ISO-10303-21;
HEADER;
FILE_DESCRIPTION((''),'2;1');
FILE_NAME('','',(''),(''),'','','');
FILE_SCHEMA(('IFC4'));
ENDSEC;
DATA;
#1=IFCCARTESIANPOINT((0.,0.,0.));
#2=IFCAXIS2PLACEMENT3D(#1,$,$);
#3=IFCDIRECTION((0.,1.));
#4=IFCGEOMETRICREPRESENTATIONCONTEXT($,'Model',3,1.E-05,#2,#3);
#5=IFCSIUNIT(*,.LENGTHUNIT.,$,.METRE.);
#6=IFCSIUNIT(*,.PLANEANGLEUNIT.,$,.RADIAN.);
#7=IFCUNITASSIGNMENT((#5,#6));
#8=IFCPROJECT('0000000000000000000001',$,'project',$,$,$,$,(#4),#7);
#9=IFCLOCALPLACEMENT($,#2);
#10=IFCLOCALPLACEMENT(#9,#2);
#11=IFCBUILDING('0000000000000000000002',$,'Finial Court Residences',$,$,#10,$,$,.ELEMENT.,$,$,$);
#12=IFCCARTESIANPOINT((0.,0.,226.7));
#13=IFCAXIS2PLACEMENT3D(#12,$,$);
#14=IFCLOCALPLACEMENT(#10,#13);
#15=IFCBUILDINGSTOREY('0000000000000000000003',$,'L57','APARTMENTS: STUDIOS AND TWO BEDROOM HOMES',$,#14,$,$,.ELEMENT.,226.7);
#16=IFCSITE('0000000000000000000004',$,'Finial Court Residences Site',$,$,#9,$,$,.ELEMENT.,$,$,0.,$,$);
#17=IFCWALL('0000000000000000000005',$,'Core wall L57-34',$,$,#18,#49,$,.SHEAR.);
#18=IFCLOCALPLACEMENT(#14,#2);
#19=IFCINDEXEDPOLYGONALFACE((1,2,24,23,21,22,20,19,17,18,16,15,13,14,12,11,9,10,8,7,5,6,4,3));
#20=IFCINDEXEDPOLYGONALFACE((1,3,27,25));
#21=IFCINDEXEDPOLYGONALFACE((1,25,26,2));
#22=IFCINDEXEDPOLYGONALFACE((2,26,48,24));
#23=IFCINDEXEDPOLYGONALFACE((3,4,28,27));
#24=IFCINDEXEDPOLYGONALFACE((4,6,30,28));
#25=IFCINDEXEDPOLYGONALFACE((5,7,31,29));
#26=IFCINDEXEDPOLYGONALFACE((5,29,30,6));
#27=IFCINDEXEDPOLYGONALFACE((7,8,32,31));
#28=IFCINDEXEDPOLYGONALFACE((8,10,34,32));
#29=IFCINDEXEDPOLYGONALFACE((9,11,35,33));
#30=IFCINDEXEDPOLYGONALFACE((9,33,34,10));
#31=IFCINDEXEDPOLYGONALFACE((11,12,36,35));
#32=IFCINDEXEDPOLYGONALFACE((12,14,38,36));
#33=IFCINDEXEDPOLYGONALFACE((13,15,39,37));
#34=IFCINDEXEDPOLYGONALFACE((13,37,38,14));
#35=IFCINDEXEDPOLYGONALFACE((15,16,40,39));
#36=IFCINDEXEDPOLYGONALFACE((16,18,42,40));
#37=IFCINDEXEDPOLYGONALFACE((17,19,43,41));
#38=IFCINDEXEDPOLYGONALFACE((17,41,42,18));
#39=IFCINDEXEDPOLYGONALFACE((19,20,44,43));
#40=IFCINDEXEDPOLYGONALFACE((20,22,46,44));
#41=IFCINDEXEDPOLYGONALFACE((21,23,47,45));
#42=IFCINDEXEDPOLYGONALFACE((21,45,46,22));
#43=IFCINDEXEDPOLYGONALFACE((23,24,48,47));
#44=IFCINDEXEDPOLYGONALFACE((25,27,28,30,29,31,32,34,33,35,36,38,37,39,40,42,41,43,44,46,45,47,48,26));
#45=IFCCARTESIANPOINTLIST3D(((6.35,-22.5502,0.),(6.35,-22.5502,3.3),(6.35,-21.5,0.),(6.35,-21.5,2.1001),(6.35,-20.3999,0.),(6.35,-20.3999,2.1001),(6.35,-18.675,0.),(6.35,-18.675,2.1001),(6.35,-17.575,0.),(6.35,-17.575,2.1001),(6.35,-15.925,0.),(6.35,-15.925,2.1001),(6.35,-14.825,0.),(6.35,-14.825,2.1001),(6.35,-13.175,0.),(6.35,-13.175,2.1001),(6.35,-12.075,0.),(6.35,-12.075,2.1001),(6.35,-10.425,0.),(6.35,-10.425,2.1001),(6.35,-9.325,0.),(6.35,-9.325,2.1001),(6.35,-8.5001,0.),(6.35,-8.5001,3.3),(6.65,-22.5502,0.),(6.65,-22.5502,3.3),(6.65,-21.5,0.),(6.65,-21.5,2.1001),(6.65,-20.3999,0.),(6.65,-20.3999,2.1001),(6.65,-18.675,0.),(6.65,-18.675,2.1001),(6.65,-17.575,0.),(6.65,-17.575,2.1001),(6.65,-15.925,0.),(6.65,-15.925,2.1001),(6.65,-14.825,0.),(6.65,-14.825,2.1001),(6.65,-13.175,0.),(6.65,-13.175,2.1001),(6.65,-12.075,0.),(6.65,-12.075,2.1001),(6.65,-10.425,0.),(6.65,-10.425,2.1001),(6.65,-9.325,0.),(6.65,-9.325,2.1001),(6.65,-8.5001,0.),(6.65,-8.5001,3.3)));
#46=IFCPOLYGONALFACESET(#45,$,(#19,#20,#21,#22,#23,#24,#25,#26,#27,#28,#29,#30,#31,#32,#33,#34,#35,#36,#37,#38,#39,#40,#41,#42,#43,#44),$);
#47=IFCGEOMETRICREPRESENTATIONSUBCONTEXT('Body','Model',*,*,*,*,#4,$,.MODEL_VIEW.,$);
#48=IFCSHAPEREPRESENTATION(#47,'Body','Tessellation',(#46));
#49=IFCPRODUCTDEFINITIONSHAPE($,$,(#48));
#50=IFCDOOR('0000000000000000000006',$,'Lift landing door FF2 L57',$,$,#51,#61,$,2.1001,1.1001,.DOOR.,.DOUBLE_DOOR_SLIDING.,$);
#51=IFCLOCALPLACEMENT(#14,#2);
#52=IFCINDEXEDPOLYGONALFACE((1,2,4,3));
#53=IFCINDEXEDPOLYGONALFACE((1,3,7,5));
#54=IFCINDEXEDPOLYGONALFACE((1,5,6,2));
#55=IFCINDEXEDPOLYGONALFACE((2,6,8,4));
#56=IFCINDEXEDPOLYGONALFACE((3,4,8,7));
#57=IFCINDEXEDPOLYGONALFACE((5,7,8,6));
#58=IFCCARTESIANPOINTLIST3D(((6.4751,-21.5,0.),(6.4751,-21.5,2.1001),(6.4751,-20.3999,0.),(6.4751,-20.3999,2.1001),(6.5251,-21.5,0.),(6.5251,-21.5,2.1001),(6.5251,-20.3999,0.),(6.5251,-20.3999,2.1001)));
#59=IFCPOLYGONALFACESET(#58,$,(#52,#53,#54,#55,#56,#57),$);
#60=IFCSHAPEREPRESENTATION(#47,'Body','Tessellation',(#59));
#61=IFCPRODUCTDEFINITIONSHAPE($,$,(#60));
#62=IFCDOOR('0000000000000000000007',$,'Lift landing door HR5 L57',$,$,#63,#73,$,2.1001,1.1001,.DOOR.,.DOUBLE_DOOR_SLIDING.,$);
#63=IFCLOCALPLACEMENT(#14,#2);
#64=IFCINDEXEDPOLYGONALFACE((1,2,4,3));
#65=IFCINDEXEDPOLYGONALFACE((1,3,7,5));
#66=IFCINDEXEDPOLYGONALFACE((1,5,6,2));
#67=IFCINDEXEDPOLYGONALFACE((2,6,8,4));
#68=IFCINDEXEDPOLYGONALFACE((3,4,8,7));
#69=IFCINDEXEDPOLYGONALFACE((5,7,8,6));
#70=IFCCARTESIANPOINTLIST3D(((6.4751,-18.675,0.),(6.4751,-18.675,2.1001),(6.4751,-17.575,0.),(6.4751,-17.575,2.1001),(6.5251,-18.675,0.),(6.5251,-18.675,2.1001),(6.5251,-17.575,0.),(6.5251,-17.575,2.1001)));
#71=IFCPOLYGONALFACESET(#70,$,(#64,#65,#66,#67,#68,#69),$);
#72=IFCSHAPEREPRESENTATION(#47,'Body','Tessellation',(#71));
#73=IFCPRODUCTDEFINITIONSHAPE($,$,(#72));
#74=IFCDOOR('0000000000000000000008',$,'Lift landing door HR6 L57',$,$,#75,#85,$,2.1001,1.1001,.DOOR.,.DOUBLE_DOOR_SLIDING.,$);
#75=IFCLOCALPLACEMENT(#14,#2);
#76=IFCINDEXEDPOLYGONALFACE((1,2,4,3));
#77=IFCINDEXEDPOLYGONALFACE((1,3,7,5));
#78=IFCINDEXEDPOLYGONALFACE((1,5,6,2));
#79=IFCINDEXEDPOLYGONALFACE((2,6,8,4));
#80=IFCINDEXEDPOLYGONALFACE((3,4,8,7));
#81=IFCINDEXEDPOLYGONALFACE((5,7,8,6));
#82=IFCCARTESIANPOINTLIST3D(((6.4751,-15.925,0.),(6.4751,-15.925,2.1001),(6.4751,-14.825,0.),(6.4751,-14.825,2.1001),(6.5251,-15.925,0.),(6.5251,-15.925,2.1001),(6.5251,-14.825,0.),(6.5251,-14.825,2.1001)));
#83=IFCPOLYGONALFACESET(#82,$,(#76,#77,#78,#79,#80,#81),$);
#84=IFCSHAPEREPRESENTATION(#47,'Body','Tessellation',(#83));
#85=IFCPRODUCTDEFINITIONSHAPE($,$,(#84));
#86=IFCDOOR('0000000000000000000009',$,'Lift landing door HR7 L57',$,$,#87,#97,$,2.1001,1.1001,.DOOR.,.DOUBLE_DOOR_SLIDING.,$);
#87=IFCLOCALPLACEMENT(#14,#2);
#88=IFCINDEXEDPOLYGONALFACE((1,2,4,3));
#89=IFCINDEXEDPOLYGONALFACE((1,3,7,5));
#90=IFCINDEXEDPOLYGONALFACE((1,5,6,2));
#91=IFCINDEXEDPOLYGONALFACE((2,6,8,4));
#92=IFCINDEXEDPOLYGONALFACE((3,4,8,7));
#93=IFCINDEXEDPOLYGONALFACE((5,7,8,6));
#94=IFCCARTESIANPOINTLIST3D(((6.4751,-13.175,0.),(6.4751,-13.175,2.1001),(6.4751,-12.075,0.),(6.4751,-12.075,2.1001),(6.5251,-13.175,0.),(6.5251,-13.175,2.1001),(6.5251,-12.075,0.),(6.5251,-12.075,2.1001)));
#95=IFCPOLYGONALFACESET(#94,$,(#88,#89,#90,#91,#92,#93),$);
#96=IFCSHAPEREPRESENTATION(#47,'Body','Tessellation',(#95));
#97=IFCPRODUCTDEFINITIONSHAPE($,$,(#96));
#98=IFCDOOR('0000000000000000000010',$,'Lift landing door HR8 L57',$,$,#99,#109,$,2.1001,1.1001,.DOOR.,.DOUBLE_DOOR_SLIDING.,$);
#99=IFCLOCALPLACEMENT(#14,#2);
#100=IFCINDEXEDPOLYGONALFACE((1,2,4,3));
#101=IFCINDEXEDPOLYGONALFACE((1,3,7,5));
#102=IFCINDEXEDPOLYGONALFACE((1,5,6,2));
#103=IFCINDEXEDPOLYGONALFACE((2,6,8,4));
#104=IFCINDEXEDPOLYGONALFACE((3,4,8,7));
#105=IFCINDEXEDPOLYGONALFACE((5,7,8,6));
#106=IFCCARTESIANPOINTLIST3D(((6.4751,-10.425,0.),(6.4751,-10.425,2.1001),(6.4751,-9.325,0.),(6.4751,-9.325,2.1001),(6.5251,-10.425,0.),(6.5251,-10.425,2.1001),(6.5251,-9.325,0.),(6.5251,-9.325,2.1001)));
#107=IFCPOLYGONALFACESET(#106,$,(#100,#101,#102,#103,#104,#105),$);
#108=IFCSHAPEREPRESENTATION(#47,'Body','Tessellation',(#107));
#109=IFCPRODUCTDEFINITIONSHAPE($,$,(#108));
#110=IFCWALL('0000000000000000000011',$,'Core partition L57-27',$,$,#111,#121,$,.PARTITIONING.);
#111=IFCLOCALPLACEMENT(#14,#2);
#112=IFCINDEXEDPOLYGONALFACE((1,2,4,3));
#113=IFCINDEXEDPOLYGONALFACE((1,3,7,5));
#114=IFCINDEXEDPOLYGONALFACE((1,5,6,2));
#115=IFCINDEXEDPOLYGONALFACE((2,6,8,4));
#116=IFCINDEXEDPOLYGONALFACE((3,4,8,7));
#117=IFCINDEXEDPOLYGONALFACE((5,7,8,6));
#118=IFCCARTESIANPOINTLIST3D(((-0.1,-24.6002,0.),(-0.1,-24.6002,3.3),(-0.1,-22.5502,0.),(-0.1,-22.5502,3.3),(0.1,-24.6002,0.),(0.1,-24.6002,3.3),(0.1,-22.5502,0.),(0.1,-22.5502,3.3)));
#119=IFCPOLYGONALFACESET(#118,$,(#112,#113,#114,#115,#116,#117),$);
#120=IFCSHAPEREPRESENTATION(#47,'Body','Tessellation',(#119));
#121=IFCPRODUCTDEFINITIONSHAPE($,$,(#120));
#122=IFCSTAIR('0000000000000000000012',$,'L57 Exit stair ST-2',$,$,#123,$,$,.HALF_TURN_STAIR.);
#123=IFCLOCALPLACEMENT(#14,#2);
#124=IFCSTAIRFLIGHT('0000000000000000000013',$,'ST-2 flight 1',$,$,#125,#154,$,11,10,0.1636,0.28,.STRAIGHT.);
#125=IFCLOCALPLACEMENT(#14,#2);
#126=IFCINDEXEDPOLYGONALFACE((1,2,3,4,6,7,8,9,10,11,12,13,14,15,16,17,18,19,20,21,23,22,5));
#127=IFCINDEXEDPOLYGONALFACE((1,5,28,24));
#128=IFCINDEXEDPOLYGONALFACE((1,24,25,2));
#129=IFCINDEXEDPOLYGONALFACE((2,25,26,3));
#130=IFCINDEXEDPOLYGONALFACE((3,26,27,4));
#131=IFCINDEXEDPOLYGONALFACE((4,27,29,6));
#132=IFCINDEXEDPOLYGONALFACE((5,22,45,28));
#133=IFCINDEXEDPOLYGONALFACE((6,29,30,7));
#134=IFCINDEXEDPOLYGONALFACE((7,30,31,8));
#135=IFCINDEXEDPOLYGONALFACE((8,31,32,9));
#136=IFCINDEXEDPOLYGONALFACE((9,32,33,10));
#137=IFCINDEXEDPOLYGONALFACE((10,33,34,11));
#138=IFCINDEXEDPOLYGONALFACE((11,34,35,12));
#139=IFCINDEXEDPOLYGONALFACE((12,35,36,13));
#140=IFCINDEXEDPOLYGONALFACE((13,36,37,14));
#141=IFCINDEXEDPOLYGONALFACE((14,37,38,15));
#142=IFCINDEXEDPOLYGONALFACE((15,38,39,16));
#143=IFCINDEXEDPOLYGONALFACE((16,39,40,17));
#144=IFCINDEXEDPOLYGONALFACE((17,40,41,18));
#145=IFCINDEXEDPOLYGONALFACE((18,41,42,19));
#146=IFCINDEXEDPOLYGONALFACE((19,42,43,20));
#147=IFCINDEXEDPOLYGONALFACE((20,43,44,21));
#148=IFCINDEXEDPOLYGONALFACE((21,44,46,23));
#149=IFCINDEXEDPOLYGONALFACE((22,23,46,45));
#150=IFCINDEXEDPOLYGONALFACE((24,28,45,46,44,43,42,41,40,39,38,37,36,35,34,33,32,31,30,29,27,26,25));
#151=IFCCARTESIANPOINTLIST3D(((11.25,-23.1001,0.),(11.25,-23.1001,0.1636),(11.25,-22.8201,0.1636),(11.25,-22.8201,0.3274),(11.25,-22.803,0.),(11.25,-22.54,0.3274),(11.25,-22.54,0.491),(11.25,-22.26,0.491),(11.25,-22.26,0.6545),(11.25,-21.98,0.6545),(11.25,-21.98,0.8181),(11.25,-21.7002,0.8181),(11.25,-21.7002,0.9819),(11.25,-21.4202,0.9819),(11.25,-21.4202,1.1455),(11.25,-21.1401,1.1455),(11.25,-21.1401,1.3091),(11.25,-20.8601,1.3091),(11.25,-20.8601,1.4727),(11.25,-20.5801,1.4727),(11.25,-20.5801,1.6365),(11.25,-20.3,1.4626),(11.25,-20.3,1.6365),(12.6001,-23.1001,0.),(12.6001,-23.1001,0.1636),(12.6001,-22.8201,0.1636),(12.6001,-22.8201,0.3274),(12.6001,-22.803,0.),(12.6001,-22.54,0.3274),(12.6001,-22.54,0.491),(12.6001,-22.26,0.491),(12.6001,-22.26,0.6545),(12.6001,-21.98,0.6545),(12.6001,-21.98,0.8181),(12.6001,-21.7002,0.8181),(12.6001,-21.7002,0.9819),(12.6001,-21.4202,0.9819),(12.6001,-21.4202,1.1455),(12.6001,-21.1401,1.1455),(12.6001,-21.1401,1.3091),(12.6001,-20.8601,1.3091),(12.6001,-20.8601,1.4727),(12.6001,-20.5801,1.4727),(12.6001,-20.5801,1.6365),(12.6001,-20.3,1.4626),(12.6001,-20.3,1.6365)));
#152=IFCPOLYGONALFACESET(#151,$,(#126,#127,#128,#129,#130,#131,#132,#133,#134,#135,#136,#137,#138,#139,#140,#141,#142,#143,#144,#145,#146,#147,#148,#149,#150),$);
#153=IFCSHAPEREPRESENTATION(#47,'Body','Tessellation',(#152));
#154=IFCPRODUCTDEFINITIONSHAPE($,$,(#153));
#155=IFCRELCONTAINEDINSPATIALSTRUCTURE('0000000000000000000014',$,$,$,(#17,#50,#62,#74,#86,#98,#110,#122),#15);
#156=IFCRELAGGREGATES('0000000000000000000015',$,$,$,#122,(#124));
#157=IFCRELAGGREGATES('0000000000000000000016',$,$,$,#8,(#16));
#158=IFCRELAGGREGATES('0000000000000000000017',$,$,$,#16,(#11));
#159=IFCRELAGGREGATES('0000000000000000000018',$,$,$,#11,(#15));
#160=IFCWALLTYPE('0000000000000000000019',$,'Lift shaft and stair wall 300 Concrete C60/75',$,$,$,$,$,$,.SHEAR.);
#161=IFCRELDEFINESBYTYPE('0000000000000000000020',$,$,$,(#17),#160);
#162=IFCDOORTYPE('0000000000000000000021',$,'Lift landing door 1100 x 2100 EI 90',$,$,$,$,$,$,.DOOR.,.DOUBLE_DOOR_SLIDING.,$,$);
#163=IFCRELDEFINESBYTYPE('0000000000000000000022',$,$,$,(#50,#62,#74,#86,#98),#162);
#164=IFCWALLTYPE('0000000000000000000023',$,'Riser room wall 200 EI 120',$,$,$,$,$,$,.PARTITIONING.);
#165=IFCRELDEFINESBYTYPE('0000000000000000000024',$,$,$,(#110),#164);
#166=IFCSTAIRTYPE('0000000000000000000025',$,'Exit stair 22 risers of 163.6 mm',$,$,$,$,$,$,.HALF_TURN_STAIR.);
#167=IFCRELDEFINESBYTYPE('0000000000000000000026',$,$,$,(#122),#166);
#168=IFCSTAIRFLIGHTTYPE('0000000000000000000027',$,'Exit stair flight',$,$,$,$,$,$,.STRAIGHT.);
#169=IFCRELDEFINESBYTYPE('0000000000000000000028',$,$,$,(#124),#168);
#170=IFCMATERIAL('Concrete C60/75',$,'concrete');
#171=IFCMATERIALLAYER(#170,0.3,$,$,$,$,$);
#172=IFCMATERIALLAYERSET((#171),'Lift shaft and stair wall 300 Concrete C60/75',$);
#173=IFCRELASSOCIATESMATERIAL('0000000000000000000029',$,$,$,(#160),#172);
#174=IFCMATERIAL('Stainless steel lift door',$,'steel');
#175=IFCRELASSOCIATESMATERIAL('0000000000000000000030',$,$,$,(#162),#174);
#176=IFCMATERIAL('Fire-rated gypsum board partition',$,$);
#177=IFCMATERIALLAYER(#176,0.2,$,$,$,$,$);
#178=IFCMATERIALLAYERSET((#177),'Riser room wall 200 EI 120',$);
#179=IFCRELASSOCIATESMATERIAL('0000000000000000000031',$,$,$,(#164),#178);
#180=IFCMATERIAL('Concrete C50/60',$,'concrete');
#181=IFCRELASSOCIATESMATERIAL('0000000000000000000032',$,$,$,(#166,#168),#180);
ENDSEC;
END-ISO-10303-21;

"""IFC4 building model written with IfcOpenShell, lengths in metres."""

from ifc_helpers import new_model, si_unit, direction, frame, frame_2d, origin, place, context, subcontext, project, spatial, polyline, rectangle, outline, extrude, material, layer, layer_set, type_object, element, fill, aggregate, save


model = new_model("IFC4")

# Units and contexts
model_context = context("Model", 3, precision=1e-05, world=origin(), true_north=direction((0.0, 1.0)))
body_context = subcontext(model_context, "Body", "Model", "MODEL_VIEW")
ifc_project = project(units=[si_unit("LENGTHUNIT", "METRE"), si_unit("PLANEANGLEUNIT", "RADIAN")], contexts=[model_context])

# Site, building, storey
site_placement = place(None, origin())
site = spatial("IfcSite", under=ifc_project, at=site_placement, Name="Finial Court Residences Site", CompositionType="ELEMENT", RefElevation=0.0)
building_placement = place(site_placement, origin())
building = spatial("IfcBuilding", under=site, at=building_placement, Name="Finial Court Residences", CompositionType="ELEMENT")
storey_placement = place(building_placement, frame((0.0, 0.0, 226.7)))
storey = spatial("IfcBuildingStorey", under=building, at=storey_placement, Name="L57", Description="APARTMENTS: STUDIOS AND TWO BEDROOM HOMES", CompositionType="ELEMENT", Elevation=226.7)

# Shared definitions
ifc_material_1 = material(Name="Concrete C60/75", Category="concrete")

# Shared definitions
ifc_material_2 = material(Name="Fire-rated gypsum board partition")

# Shared definitions
ifc_layer_1 = layer(ifc_material_1, 0.3)
ifc_layer_set_1 = layer_set([ifc_layer_1], Name="Lift shaft and stair wall 300 Concrete C60/75")
wall_type_1 = type_object("IfcWallType", Name="Lift shaft and stair wall 300 Concrete C60/75", PredefinedType="SHEAR", material=ifc_layer_set_1)

# Shared definitions
ifc_material_3 = material(Name="Stainless steel lift door", Category="steel")
door_type_1 = type_object("IfcDoorType", Name="Lift landing door 1100 x 2100 EI 90", OperationType="DOUBLE_DOOR_SLIDING", PredefinedType="DOOR", material=ifc_material_3)

# Wall, openings, doors
wall_1_placement = place(storey_placement, frame((6.5, -22.55, 0.0), z_axis=(0.0, 0.0, 1.0), x_axis=(0.0, 1.0, 0.0)))
wall_1 = element("IfcWall", 1, at=wall_1_placement, inside=storey, type_object=wall_type_1, Name="Core wall L57-34", PredefinedType="SHEAR", context=body_context, shape_type="SweptSolid", body=[
    extrude(rectangle(XDim=14.05, YDim=0.3, at=frame_2d((7.0249, 0.0))), origin(), (0.0, 0.0, 1.0), 3.3),
])
opening_1_placement = place(wall_1_placement, frame((1.05, 0.0, 0.0)))
opening_1 = element("IfcOpeningElement", 2, at=opening_1_placement, cuts=wall_1, PredefinedType="OPENING", context=body_context, shape_type="SweptSolid", body=[
    extrude(rectangle(XDim=1.1001, YDim=2.1001, at=frame_2d((0.55, 1.05))), frame((0.0, 0.1599, 0.0), z_axis=(0.0, -1.0, 0.0), x_axis=(1.0, 0.0, 0.0)), (0.0, 0.0, 1.0), 0.3201),
])
opening_2_placement = place(wall_1_placement, frame((3.875, 0.0, 0.0)))
opening_2 = element("IfcOpeningElement", 3, at=opening_2_placement, cuts=wall_1, PredefinedType="OPENING", context=body_context, shape_type="SweptSolid", body=[
    extrude(rectangle(XDim=1.1001, YDim=2.1001, at=frame_2d((0.55, 1.05))), frame((0.0, 0.1599, 0.0), z_axis=(0.0, -1.0, 0.0), x_axis=(1.0, 0.0, 0.0)), (0.0, 0.0, 1.0), 0.3201),
])
opening_3_placement = place(wall_1_placement, frame((6.625, 0.0, 0.0)))
opening_3 = element("IfcOpeningElement", 4, at=opening_3_placement, cuts=wall_1, PredefinedType="OPENING", context=body_context, shape_type="SweptSolid", body=[
    extrude(rectangle(XDim=1.1001, YDim=2.1001, at=frame_2d((0.55, 1.05))), frame((0.0, 0.1599, 0.0), z_axis=(0.0, -1.0, 0.0), x_axis=(1.0, 0.0, 0.0)), (0.0, 0.0, 1.0), 0.3201),
])
opening_4_placement = place(wall_1_placement, frame((9.375, 0.0, 0.0)))
opening_4 = element("IfcOpeningElement", 5, at=opening_4_placement, cuts=wall_1, PredefinedType="OPENING", context=body_context, shape_type="SweptSolid", body=[
    extrude(rectangle(XDim=1.1001, YDim=2.1001, at=frame_2d((0.55, 1.05))), frame((0.0, 0.1599, 0.0), z_axis=(0.0, -1.0, 0.0), x_axis=(1.0, 0.0, 0.0)), (0.0, 0.0, 1.0), 0.3201),
])
opening_5_placement = place(wall_1_placement, frame((12.125, 0.0, 0.0)))
opening_5 = element("IfcOpeningElement", 6, at=opening_5_placement, cuts=wall_1, PredefinedType="OPENING", context=body_context, shape_type="SweptSolid", body=[
    extrude(rectangle(XDim=1.1001, YDim=2.1001, at=frame_2d((0.55, 1.05))), frame((0.0, 0.1599, 0.0), z_axis=(0.0, -1.0, 0.0), x_axis=(1.0, 0.0, 0.0)), (0.0, 0.0, 1.0), 0.3201),
])
door_1_placement = place(opening_1_placement, origin())
door_1 = element("IfcDoor", 7, at=door_1_placement, inside=storey, type_object=door_type_1, Name="Lift landing door FF2 L57", OperationType="DOUBLE_DOOR_SLIDING", OverallHeight=2.1001, OverallWidth=1.1001, PredefinedType="DOOR", context=body_context, shape_type="SweptSolid", body=[
    extrude(rectangle(XDim=1.1001, YDim=2.1001, at=frame_2d((0.55, 1.05))), frame((0.0, 0.0249, 0.0), z_axis=(0.0, -1.0, 0.0), x_axis=(1.0, 0.0, 0.0)), (0.0, 0.0, 1.0), 0.05),
])
fill(opening_1, door_1)
door_2_placement = place(opening_2_placement, origin())
door_2 = element("IfcDoor", 8, at=door_2_placement, inside=storey, type_object=door_type_1, Name="Lift landing door HR5 L57", OperationType="DOUBLE_DOOR_SLIDING", OverallHeight=2.1001, OverallWidth=1.1001, PredefinedType="DOOR", context=body_context, shape_type="SweptSolid", body=[
    extrude(rectangle(XDim=1.1001, YDim=2.1001, at=frame_2d((0.55, 1.05))), frame((0.0, 0.0249, 0.0), z_axis=(0.0, -1.0, 0.0), x_axis=(1.0, 0.0, 0.0)), (0.0, 0.0, 1.0), 0.05),
])
fill(opening_2, door_2)
door_3_placement = place(opening_3_placement, origin())
door_3 = element("IfcDoor", 9, at=door_3_placement, inside=storey, type_object=door_type_1, Name="Lift landing door HR6 L57", OperationType="DOUBLE_DOOR_SLIDING", OverallHeight=2.1001, OverallWidth=1.1001, PredefinedType="DOOR", context=body_context, shape_type="SweptSolid", body=[
    extrude(rectangle(XDim=1.1001, YDim=2.1001, at=frame_2d((0.55, 1.05))), frame((0.0, 0.0249, 0.0), z_axis=(0.0, -1.0, 0.0), x_axis=(1.0, 0.0, 0.0)), (0.0, 0.0, 1.0), 0.05),
])
fill(opening_3, door_3)
door_4_placement = place(opening_4_placement, origin())
door_4 = element("IfcDoor", 10, at=door_4_placement, inside=storey, type_object=door_type_1, Name="Lift landing door HR7 L57", OperationType="DOUBLE_DOOR_SLIDING", OverallHeight=2.1001, OverallWidth=1.1001, PredefinedType="DOOR", context=body_context, shape_type="SweptSolid", body=[
    extrude(rectangle(XDim=1.1001, YDim=2.1001, at=frame_2d((0.55, 1.05))), frame((0.0, 0.0249, 0.0), z_axis=(0.0, -1.0, 0.0), x_axis=(1.0, 0.0, 0.0)), (0.0, 0.0, 1.0), 0.05),
])
fill(opening_4, door_4)
door_5_placement = place(opening_5_placement, origin())
door_5 = element("IfcDoor", 11, at=door_5_placement, inside=storey, type_object=door_type_1, Name="Lift landing door HR8 L57", OperationType="DOUBLE_DOOR_SLIDING", OverallHeight=2.1001, OverallWidth=1.1001, PredefinedType="DOOR", context=body_context, shape_type="SweptSolid", body=[
    extrude(rectangle(XDim=1.1001, YDim=2.1001, at=frame_2d((0.55, 1.05))), frame((0.0, 0.0249, 0.0), z_axis=(0.0, -1.0, 0.0), x_axis=(1.0, 0.0, 0.0)), (0.0, 0.0, 1.0), 0.05),
])
fill(opening_5, door_5)

# Wall
ifc_layer_2 = layer(ifc_material_2, 0.2)
ifc_layer_set_2 = layer_set([ifc_layer_2], Name="Riser room wall 200 EI 120")
wall_type_2 = type_object("IfcWallType", Name="Riser room wall 200 EI 120", PredefinedType="PARTITIONING", material=ifc_layer_set_2)
wall_2_placement = place(storey_placement, frame((0.0, -24.6001, 0.0), z_axis=(0.0, 0.0, 1.0), x_axis=(0.0, 1.0, 0.0)))
element("IfcWall", 12, at=wall_2_placement, inside=storey, type_object=wall_type_2, Name="Core partition L57-27", PredefinedType="PARTITIONING", context=body_context, shape_type="SweptSolid", body=[
    extrude(rectangle(XDim=2.05, YDim=0.2, at=frame_2d((1.0249, 0.0))), origin(), (0.0, 0.0, 1.0), 3.3),
])

# Stair, stair flight
ifc_material_4 = material(Name="Concrete C50/60", Category="concrete")
stair_type = type_object("IfcStairType", Name="Exit stair 22 risers of 163.6 mm", PredefinedType="HALF_TURN_STAIR", material=ifc_material_4)
stair_placement = place(storey_placement, origin())
stair = element("IfcStair", 13, at=stair_placement, inside=storey, type_object=stair_type, Name="L57 Exit stair ST-2", PredefinedType="HALF_TURN_STAIR")
stair_flight_type = type_object("IfcStairFlightType", Name="Exit stair flight", PredefinedType="STRAIGHT", material=ifc_material_4)
stair_flight_1_placement = place(storey_placement, frame((11.925, -23.1001, 0.0), z_axis=(0.0, 0.0, 1.0), x_axis=(0.0, 1.0, 0.0)))
stair_flight_1 = element("IfcStairFlight", 14, at=stair_flight_1_placement, type_object=stair_flight_type, Name="ST-2 flight 1", NumberOfRisers=11, NumberOfTreads=10, PredefinedType="STRAIGHT", RiserHeight=0.1636, TreadLength=0.28, context=body_context, shape_type="SweptSolid", body=[
    extrude(outline(polyline([(0.0, 0.0), (0.0, 0.1636), (0.28, 0.1636), (0.28, 0.3274), (0.5601, 0.3274), (0.5601, 0.491), (0.8401, 0.491), (0.8401, 0.6545), (1.1201, 0.6545), (1.1201, 0.8181), (1.3999, 0.8181), (1.3999, 0.9819), (1.6799, 0.9819), (1.6799, 1.1455), (1.96, 1.1455), (1.96, 1.3091), (2.24, 1.3091), (2.24, 1.4727), (2.52, 1.4727), (2.52, 1.6365), (2.8, 1.6365), (2.8, 1.8), (2.8, 1.4626), (0.2971, 0.0), (0.0, 0.0)])), frame((0.0, 0.675, 0.0), z_axis=(0.0, -1.0, 0.0), x_axis=(1.0, 0.0, 0.0)), (0.0, 0.0, 1.0), 1.3501),
])
aggregate(stair, [stair_flight_1])

save(model, "model.ifc")
